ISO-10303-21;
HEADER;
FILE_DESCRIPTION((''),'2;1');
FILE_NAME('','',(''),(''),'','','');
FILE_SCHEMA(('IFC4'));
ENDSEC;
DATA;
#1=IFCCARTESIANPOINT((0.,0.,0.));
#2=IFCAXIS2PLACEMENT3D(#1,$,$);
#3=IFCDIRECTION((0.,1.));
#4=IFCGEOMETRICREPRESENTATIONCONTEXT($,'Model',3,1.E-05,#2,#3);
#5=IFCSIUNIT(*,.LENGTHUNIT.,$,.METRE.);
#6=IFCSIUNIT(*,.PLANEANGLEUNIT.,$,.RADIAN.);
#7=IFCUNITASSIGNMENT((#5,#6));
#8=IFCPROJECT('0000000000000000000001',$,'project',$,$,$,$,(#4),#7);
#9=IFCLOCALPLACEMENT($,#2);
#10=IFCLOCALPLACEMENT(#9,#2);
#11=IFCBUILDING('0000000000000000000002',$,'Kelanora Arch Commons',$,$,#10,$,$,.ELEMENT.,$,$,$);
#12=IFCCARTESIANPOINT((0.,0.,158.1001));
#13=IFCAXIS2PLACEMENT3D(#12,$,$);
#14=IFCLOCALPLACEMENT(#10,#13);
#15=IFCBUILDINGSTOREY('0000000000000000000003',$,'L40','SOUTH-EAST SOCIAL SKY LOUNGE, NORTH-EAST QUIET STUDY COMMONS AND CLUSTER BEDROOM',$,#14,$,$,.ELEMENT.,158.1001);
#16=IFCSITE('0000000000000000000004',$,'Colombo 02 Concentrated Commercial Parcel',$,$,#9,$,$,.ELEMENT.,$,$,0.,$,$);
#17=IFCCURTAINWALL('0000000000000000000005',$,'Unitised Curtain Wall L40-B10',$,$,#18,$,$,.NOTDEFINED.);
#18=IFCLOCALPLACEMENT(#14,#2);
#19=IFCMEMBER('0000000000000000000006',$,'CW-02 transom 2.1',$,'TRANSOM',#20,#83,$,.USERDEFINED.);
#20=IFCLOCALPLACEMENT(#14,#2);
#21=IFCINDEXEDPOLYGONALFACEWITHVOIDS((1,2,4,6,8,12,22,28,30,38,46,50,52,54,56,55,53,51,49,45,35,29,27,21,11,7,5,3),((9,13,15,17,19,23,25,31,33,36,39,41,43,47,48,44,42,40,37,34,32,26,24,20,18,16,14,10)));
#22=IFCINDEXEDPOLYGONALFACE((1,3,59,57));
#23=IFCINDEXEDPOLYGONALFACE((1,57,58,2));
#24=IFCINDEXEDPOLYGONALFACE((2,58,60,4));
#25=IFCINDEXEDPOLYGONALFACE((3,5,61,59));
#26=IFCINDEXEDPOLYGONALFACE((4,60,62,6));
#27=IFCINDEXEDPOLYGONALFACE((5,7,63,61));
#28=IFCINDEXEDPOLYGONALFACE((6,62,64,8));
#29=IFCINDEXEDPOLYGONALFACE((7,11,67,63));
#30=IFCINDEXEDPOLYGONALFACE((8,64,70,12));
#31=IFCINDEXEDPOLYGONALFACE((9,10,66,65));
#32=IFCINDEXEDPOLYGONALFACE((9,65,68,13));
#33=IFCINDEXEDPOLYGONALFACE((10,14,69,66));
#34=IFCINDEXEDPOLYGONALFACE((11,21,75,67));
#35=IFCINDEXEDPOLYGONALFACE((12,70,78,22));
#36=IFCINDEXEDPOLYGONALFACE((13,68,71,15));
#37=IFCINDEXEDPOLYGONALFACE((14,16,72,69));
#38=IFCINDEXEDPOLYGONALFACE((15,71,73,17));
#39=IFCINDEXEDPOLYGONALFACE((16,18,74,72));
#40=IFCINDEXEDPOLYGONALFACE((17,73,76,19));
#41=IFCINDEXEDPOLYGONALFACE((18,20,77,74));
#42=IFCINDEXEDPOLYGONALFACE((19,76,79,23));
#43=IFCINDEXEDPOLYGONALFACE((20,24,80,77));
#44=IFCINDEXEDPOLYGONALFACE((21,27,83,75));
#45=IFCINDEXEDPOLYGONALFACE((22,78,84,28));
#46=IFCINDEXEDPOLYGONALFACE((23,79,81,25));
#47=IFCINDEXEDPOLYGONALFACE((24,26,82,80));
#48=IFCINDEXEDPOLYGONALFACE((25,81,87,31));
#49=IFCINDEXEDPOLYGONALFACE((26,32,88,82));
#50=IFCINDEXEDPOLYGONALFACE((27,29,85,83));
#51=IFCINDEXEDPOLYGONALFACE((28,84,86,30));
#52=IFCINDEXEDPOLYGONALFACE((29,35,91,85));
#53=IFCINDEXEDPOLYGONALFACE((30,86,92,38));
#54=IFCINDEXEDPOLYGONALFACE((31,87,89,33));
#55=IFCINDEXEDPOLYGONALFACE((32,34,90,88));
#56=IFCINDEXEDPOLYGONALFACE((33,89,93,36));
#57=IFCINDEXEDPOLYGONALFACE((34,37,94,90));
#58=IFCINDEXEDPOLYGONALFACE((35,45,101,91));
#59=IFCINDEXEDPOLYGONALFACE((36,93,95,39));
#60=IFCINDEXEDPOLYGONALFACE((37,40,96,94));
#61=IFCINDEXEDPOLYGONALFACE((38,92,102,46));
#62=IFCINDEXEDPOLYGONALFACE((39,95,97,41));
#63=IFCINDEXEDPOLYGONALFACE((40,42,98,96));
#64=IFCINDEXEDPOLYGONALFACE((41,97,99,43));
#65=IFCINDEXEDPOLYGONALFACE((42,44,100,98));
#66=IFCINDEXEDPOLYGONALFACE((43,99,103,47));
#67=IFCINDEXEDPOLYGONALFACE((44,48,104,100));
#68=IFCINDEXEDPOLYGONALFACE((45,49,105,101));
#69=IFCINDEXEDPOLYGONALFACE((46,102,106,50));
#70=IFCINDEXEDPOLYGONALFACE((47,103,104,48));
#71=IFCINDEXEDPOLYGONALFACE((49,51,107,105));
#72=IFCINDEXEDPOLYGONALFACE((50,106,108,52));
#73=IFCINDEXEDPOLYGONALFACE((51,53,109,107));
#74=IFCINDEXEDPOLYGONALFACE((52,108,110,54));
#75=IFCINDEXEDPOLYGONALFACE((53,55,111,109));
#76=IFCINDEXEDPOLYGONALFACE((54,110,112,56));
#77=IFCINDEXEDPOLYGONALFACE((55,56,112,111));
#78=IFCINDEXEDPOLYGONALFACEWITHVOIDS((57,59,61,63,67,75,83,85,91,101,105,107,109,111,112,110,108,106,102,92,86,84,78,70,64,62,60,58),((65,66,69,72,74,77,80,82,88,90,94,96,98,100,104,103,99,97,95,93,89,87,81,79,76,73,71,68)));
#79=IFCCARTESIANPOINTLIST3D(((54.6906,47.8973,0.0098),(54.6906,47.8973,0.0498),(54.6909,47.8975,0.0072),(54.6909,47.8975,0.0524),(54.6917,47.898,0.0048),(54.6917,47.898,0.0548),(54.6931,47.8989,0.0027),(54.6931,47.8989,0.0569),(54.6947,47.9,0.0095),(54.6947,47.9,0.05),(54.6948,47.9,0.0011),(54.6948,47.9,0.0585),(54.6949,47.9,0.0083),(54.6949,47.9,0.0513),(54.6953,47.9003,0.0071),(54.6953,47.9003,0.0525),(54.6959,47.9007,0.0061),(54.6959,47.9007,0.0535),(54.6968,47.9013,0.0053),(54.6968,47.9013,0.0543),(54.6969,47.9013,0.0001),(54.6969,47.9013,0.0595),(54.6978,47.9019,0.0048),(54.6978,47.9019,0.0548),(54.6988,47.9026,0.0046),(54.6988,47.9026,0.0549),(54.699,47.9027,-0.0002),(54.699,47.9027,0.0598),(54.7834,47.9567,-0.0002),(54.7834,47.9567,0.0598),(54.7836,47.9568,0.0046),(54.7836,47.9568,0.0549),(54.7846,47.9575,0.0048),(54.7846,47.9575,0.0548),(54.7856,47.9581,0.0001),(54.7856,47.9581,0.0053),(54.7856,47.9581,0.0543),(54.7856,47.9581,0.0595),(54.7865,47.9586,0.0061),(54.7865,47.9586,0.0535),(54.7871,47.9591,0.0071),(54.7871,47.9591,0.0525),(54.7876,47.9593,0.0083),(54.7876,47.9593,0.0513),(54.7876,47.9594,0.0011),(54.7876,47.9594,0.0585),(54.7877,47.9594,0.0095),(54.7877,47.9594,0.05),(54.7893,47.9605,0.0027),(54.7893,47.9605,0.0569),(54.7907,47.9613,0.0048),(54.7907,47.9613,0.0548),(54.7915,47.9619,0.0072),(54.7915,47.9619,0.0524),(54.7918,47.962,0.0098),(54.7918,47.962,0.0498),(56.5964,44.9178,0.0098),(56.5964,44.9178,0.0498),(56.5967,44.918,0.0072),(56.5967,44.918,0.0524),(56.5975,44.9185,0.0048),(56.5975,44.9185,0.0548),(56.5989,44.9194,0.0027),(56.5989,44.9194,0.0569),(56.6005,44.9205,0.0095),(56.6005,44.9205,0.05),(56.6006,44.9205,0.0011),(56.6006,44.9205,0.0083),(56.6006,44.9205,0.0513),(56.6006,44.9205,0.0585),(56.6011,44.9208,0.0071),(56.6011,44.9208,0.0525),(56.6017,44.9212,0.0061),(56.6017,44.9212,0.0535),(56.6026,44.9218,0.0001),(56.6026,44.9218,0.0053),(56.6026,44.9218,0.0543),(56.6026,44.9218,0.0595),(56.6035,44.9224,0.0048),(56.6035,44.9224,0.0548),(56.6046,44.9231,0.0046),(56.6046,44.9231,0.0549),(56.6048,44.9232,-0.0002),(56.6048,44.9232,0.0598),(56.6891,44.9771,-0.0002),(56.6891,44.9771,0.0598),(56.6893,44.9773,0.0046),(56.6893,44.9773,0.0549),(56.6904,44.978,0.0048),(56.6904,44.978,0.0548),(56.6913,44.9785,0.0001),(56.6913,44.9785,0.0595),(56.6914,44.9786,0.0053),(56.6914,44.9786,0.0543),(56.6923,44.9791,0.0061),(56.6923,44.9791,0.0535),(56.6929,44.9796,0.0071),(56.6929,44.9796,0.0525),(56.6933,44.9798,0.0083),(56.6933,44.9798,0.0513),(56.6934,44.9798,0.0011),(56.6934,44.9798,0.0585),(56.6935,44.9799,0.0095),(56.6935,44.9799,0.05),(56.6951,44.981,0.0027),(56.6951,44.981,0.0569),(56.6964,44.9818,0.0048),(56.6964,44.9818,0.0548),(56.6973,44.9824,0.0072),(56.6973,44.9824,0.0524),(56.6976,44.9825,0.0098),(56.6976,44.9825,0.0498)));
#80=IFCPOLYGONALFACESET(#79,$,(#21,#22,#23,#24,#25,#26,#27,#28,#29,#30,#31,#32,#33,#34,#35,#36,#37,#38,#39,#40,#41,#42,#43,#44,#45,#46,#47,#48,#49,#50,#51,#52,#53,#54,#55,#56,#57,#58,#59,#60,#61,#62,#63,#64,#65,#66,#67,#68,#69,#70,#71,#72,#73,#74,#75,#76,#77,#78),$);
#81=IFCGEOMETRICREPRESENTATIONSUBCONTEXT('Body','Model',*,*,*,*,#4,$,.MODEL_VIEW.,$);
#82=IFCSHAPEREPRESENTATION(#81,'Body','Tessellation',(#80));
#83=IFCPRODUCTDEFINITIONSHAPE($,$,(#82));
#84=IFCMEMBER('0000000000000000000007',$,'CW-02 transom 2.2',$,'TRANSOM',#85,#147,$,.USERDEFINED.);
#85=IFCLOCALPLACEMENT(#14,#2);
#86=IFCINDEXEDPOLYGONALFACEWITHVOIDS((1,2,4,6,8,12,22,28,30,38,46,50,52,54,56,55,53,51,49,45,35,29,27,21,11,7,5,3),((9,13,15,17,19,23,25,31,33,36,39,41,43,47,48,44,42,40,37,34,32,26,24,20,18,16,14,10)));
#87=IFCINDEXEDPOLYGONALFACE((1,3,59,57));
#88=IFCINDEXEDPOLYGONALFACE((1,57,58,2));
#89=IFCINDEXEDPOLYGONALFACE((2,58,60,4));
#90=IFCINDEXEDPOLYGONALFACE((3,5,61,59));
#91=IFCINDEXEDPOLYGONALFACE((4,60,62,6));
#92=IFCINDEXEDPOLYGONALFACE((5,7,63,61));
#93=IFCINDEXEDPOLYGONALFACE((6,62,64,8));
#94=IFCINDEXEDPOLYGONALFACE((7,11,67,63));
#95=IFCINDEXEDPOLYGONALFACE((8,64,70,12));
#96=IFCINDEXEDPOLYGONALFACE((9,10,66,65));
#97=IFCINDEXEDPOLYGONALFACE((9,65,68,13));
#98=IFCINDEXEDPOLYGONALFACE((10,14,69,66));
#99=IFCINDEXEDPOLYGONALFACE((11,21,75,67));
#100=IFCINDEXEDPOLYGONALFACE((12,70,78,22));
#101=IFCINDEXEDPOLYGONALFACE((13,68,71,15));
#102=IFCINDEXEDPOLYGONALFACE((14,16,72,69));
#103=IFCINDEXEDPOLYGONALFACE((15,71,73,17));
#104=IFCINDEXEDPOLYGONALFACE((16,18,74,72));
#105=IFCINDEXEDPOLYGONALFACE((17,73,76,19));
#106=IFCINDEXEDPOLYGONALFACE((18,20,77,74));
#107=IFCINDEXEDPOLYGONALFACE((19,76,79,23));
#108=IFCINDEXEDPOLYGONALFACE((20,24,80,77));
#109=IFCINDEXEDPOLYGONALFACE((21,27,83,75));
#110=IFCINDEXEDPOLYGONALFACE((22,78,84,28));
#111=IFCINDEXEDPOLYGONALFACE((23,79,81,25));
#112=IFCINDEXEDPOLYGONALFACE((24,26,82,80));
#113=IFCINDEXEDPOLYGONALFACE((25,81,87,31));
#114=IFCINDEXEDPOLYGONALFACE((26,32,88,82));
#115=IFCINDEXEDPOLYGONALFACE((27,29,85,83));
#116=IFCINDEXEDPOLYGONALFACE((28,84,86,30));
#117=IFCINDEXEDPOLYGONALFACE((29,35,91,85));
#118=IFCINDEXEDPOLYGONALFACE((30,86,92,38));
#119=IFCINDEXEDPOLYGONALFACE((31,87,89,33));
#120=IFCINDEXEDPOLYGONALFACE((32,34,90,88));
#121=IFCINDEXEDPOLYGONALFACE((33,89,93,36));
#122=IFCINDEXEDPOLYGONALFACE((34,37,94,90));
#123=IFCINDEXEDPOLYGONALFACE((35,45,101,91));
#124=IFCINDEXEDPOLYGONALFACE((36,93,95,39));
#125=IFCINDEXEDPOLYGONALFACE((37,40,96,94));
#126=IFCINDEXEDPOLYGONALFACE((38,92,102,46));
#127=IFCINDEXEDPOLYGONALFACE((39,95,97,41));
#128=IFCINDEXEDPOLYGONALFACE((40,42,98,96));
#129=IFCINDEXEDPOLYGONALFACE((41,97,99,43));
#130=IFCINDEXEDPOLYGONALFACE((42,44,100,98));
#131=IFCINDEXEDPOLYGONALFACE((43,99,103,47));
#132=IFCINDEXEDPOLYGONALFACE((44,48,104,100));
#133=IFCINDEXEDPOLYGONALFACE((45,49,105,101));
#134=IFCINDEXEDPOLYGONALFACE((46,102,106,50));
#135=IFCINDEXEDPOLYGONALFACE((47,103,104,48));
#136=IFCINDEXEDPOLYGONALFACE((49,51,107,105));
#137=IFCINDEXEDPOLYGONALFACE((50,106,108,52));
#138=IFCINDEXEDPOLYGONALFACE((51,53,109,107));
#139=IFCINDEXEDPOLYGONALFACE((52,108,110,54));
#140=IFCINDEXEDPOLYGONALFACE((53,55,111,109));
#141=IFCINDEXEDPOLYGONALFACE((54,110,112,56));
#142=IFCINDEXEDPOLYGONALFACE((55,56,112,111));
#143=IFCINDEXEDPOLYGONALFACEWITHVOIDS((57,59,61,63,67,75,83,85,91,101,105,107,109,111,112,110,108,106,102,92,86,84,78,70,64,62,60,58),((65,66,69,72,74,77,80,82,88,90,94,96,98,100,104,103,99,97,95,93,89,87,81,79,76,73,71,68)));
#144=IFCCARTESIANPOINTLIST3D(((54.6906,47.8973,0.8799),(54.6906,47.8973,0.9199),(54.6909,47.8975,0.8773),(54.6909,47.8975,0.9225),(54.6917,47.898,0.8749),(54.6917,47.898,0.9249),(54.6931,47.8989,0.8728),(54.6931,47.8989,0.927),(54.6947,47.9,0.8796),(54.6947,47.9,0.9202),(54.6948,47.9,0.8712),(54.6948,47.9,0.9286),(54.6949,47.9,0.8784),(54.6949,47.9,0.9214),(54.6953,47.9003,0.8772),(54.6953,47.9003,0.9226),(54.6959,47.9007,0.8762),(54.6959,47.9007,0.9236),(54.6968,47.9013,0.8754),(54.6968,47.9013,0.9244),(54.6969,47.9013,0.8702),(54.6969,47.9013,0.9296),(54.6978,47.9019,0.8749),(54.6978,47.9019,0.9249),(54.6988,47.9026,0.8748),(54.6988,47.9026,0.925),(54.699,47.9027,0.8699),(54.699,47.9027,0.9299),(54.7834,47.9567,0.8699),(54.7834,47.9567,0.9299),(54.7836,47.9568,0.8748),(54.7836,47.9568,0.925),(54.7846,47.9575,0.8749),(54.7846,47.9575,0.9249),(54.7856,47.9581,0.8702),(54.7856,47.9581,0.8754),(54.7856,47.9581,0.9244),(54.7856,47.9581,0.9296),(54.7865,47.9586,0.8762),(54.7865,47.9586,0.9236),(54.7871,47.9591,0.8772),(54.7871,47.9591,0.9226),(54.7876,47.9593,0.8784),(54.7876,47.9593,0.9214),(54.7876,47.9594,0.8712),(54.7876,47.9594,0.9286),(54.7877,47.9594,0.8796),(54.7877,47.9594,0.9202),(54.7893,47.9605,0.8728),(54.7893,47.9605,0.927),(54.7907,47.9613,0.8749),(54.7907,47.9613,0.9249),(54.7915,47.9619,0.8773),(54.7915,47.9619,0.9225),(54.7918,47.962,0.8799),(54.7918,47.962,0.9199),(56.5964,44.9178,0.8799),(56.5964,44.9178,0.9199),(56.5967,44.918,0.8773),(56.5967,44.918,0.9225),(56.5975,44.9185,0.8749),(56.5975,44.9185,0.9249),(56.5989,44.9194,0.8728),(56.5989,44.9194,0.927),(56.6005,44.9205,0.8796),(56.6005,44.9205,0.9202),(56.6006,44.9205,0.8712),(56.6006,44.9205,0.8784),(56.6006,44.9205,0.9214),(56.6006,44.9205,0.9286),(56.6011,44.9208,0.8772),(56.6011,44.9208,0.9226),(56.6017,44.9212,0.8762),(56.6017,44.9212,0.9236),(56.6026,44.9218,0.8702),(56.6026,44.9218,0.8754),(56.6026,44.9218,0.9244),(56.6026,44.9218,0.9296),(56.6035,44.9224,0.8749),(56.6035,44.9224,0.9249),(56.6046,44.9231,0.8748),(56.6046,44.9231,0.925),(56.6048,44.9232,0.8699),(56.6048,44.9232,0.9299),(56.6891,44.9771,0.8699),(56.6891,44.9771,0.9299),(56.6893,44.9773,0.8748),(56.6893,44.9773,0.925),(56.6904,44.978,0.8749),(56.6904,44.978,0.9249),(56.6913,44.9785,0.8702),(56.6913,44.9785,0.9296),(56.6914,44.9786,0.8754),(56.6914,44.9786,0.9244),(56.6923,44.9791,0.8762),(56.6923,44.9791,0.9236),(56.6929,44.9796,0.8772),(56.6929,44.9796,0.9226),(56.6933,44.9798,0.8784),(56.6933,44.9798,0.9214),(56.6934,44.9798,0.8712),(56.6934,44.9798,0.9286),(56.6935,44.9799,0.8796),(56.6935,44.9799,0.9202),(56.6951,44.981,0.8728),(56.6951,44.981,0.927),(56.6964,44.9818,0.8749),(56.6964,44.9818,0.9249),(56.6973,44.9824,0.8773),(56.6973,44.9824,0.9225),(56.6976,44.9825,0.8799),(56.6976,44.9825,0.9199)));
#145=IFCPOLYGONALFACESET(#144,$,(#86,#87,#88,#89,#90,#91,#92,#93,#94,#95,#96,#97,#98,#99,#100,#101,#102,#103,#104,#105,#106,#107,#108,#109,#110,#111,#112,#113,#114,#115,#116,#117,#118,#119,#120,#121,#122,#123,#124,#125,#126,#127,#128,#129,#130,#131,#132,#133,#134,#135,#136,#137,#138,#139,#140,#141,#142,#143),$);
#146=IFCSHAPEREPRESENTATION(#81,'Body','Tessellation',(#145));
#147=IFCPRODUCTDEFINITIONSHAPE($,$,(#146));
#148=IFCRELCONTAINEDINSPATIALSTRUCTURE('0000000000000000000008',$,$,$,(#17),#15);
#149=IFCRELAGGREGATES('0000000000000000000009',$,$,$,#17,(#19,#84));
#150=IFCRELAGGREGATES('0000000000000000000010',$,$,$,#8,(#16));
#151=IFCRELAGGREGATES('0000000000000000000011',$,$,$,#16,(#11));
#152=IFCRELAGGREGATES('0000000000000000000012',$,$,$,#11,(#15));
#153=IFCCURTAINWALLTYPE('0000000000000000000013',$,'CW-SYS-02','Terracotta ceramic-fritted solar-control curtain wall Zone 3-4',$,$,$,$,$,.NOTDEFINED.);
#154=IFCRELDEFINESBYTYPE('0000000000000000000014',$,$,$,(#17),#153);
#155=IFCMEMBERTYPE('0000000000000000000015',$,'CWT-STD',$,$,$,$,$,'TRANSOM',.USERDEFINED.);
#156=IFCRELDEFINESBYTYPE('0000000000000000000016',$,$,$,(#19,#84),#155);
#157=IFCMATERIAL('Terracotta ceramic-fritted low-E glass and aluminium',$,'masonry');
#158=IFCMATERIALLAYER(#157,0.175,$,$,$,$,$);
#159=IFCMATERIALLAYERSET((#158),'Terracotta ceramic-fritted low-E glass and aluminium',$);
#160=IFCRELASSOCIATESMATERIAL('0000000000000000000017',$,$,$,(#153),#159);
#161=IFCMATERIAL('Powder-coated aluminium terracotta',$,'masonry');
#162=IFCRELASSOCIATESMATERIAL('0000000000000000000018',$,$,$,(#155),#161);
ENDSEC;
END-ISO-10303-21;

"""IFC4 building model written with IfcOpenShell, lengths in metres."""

from ifc_helpers import new_model, si_unit, direction, frame, origin, origin_2d, place, context, subcontext, project, spatial, hollow_rectangle, extrude, material, layer, layer_set, material_profile, profile_set, type_object, element, aggregate, save


model = new_model("IFC4")

# Units and contexts
model_context = context("Model", 3, precision=1e-05, world=origin(), true_north=direction((0.0, 1.0)))
body_context = subcontext(model_context, "Body", "Model", "MODEL_VIEW")
ifc_project = project(units=[si_unit("LENGTHUNIT", "METRE"), si_unit("PLANEANGLEUNIT", "RADIAN")], contexts=[model_context])

# Site, building, storey
site_placement = place(None, origin())
site = spatial("IfcSite", under=ifc_project, at=site_placement, Name="Colombo 02 Concentrated Commercial Parcel", CompositionType="ELEMENT", RefElevation=0.0)
building_placement = place(site_placement, origin())
building = spatial("IfcBuilding", under=site, at=building_placement, Name="Kelanora Arch Commons", CompositionType="ELEMENT")
storey_placement = place(building_placement, frame((0.0, 0.0, 158.1001)))
storey = spatial("IfcBuildingStorey", under=building, at=storey_placement, Name="L40", Description="SOUTH-EAST SOCIAL SKY LOUNGE, NORTH-EAST QUIET STUDY COMMONS AND CLUSTER BEDROOM", CompositionType="ELEMENT", Elevation=158.1001)

# Shared definitions
ifc_material_1 = material(Name="Terracotta ceramic-fritted low-E glass and aluminium", Category="masonry")
ifc_layer_1 = layer(ifc_material_1, 0.175)
ifc_layer_set_1 = layer_set([ifc_layer_1], Name="Terracotta ceramic-fritted low-E glass and aluminium")
curtain_wall_type = type_object("IfcCurtainWallType", Name="CW-SYS-02", Description="Terracotta ceramic-fritted solar-control curtain wall Zone 3-4", PredefinedType="NOTDEFINED", material=ifc_layer_set_1)
ifc_material_2 = material(Name="Powder-coated aluminium terracotta", Category="masonry")

# Curtain wall, members
curtain_wall_1_placement = place(storey_placement, origin())
curtain_wall_1 = element("IfcCurtainWall", 1, at=curtain_wall_1_placement, inside=storey, type_object=curtain_wall_type, Name="Unitised Curtain Wall L40-B10", PredefinedType="NOTDEFINED")
ifc_material_profile_1 = material_profile(ifc_material_2, hollow_rectangle(XDim=0.1201, YDim=0.0601, WallThickness=0.0049, InnerFilletRadius=0.0049, OuterFilletRadius=0.01, at=origin_2d()), Name="CWT120x60")
ifc_profile_set_1 = profile_set([ifc_material_profile_1], Name="Powder-coated aluminium terracotta")
member_type_1 = type_object("IfcMemberType", Name="CWT-STD", ElementType="TRANSOM", PredefinedType="USERDEFINED", material=ifc_profile_set_1)
member_1_placement = place(storey_placement, frame((54.7412, 47.9297, 0.0298), z_axis=(0.53883, -0.842414, 0.0), x_axis=(0.842414, 0.53883, 0.0)))
member_1 = element("IfcMember", 2, at=member_1_placement, type_object=member_type_1, Name="CW-02 transom 2.1", ObjectType="TRANSOM", PredefinedType="USERDEFINED", context=body_context, shape_type="SweptSolid", body=[
    extrude(hollow_rectangle(XDim=0.1201, YDim=0.0601, WallThickness=0.0049, InnerFilletRadius=0.0049, OuterFilletRadius=0.01, at=origin_2d()), origin(), (0.0, 0.0, 1.0), 3.5369),
])
member_2_placement = place(storey_placement, frame((54.7412, 47.9297, 0.8999), z_axis=(0.53883, -0.842414, 0.0), x_axis=(0.842414, 0.53883, 0.0)))
member_2 = element("IfcMember", 3, at=member_2_placement, type_object=member_type_1, Name="CW-02 transom 2.2", ObjectType="TRANSOM", PredefinedType="USERDEFINED", context=body_context, shape_type="SweptSolid", body=[
    extrude(hollow_rectangle(XDim=0.1201, YDim=0.0601, WallThickness=0.0049, InnerFilletRadius=0.0049, OuterFilletRadius=0.01, at=origin_2d()), origin(), (0.0, 0.0, 1.0), 3.5369),
])

aggregate(curtain_wall_1, [member_1, member_2])

save(model, "model.ifc")
